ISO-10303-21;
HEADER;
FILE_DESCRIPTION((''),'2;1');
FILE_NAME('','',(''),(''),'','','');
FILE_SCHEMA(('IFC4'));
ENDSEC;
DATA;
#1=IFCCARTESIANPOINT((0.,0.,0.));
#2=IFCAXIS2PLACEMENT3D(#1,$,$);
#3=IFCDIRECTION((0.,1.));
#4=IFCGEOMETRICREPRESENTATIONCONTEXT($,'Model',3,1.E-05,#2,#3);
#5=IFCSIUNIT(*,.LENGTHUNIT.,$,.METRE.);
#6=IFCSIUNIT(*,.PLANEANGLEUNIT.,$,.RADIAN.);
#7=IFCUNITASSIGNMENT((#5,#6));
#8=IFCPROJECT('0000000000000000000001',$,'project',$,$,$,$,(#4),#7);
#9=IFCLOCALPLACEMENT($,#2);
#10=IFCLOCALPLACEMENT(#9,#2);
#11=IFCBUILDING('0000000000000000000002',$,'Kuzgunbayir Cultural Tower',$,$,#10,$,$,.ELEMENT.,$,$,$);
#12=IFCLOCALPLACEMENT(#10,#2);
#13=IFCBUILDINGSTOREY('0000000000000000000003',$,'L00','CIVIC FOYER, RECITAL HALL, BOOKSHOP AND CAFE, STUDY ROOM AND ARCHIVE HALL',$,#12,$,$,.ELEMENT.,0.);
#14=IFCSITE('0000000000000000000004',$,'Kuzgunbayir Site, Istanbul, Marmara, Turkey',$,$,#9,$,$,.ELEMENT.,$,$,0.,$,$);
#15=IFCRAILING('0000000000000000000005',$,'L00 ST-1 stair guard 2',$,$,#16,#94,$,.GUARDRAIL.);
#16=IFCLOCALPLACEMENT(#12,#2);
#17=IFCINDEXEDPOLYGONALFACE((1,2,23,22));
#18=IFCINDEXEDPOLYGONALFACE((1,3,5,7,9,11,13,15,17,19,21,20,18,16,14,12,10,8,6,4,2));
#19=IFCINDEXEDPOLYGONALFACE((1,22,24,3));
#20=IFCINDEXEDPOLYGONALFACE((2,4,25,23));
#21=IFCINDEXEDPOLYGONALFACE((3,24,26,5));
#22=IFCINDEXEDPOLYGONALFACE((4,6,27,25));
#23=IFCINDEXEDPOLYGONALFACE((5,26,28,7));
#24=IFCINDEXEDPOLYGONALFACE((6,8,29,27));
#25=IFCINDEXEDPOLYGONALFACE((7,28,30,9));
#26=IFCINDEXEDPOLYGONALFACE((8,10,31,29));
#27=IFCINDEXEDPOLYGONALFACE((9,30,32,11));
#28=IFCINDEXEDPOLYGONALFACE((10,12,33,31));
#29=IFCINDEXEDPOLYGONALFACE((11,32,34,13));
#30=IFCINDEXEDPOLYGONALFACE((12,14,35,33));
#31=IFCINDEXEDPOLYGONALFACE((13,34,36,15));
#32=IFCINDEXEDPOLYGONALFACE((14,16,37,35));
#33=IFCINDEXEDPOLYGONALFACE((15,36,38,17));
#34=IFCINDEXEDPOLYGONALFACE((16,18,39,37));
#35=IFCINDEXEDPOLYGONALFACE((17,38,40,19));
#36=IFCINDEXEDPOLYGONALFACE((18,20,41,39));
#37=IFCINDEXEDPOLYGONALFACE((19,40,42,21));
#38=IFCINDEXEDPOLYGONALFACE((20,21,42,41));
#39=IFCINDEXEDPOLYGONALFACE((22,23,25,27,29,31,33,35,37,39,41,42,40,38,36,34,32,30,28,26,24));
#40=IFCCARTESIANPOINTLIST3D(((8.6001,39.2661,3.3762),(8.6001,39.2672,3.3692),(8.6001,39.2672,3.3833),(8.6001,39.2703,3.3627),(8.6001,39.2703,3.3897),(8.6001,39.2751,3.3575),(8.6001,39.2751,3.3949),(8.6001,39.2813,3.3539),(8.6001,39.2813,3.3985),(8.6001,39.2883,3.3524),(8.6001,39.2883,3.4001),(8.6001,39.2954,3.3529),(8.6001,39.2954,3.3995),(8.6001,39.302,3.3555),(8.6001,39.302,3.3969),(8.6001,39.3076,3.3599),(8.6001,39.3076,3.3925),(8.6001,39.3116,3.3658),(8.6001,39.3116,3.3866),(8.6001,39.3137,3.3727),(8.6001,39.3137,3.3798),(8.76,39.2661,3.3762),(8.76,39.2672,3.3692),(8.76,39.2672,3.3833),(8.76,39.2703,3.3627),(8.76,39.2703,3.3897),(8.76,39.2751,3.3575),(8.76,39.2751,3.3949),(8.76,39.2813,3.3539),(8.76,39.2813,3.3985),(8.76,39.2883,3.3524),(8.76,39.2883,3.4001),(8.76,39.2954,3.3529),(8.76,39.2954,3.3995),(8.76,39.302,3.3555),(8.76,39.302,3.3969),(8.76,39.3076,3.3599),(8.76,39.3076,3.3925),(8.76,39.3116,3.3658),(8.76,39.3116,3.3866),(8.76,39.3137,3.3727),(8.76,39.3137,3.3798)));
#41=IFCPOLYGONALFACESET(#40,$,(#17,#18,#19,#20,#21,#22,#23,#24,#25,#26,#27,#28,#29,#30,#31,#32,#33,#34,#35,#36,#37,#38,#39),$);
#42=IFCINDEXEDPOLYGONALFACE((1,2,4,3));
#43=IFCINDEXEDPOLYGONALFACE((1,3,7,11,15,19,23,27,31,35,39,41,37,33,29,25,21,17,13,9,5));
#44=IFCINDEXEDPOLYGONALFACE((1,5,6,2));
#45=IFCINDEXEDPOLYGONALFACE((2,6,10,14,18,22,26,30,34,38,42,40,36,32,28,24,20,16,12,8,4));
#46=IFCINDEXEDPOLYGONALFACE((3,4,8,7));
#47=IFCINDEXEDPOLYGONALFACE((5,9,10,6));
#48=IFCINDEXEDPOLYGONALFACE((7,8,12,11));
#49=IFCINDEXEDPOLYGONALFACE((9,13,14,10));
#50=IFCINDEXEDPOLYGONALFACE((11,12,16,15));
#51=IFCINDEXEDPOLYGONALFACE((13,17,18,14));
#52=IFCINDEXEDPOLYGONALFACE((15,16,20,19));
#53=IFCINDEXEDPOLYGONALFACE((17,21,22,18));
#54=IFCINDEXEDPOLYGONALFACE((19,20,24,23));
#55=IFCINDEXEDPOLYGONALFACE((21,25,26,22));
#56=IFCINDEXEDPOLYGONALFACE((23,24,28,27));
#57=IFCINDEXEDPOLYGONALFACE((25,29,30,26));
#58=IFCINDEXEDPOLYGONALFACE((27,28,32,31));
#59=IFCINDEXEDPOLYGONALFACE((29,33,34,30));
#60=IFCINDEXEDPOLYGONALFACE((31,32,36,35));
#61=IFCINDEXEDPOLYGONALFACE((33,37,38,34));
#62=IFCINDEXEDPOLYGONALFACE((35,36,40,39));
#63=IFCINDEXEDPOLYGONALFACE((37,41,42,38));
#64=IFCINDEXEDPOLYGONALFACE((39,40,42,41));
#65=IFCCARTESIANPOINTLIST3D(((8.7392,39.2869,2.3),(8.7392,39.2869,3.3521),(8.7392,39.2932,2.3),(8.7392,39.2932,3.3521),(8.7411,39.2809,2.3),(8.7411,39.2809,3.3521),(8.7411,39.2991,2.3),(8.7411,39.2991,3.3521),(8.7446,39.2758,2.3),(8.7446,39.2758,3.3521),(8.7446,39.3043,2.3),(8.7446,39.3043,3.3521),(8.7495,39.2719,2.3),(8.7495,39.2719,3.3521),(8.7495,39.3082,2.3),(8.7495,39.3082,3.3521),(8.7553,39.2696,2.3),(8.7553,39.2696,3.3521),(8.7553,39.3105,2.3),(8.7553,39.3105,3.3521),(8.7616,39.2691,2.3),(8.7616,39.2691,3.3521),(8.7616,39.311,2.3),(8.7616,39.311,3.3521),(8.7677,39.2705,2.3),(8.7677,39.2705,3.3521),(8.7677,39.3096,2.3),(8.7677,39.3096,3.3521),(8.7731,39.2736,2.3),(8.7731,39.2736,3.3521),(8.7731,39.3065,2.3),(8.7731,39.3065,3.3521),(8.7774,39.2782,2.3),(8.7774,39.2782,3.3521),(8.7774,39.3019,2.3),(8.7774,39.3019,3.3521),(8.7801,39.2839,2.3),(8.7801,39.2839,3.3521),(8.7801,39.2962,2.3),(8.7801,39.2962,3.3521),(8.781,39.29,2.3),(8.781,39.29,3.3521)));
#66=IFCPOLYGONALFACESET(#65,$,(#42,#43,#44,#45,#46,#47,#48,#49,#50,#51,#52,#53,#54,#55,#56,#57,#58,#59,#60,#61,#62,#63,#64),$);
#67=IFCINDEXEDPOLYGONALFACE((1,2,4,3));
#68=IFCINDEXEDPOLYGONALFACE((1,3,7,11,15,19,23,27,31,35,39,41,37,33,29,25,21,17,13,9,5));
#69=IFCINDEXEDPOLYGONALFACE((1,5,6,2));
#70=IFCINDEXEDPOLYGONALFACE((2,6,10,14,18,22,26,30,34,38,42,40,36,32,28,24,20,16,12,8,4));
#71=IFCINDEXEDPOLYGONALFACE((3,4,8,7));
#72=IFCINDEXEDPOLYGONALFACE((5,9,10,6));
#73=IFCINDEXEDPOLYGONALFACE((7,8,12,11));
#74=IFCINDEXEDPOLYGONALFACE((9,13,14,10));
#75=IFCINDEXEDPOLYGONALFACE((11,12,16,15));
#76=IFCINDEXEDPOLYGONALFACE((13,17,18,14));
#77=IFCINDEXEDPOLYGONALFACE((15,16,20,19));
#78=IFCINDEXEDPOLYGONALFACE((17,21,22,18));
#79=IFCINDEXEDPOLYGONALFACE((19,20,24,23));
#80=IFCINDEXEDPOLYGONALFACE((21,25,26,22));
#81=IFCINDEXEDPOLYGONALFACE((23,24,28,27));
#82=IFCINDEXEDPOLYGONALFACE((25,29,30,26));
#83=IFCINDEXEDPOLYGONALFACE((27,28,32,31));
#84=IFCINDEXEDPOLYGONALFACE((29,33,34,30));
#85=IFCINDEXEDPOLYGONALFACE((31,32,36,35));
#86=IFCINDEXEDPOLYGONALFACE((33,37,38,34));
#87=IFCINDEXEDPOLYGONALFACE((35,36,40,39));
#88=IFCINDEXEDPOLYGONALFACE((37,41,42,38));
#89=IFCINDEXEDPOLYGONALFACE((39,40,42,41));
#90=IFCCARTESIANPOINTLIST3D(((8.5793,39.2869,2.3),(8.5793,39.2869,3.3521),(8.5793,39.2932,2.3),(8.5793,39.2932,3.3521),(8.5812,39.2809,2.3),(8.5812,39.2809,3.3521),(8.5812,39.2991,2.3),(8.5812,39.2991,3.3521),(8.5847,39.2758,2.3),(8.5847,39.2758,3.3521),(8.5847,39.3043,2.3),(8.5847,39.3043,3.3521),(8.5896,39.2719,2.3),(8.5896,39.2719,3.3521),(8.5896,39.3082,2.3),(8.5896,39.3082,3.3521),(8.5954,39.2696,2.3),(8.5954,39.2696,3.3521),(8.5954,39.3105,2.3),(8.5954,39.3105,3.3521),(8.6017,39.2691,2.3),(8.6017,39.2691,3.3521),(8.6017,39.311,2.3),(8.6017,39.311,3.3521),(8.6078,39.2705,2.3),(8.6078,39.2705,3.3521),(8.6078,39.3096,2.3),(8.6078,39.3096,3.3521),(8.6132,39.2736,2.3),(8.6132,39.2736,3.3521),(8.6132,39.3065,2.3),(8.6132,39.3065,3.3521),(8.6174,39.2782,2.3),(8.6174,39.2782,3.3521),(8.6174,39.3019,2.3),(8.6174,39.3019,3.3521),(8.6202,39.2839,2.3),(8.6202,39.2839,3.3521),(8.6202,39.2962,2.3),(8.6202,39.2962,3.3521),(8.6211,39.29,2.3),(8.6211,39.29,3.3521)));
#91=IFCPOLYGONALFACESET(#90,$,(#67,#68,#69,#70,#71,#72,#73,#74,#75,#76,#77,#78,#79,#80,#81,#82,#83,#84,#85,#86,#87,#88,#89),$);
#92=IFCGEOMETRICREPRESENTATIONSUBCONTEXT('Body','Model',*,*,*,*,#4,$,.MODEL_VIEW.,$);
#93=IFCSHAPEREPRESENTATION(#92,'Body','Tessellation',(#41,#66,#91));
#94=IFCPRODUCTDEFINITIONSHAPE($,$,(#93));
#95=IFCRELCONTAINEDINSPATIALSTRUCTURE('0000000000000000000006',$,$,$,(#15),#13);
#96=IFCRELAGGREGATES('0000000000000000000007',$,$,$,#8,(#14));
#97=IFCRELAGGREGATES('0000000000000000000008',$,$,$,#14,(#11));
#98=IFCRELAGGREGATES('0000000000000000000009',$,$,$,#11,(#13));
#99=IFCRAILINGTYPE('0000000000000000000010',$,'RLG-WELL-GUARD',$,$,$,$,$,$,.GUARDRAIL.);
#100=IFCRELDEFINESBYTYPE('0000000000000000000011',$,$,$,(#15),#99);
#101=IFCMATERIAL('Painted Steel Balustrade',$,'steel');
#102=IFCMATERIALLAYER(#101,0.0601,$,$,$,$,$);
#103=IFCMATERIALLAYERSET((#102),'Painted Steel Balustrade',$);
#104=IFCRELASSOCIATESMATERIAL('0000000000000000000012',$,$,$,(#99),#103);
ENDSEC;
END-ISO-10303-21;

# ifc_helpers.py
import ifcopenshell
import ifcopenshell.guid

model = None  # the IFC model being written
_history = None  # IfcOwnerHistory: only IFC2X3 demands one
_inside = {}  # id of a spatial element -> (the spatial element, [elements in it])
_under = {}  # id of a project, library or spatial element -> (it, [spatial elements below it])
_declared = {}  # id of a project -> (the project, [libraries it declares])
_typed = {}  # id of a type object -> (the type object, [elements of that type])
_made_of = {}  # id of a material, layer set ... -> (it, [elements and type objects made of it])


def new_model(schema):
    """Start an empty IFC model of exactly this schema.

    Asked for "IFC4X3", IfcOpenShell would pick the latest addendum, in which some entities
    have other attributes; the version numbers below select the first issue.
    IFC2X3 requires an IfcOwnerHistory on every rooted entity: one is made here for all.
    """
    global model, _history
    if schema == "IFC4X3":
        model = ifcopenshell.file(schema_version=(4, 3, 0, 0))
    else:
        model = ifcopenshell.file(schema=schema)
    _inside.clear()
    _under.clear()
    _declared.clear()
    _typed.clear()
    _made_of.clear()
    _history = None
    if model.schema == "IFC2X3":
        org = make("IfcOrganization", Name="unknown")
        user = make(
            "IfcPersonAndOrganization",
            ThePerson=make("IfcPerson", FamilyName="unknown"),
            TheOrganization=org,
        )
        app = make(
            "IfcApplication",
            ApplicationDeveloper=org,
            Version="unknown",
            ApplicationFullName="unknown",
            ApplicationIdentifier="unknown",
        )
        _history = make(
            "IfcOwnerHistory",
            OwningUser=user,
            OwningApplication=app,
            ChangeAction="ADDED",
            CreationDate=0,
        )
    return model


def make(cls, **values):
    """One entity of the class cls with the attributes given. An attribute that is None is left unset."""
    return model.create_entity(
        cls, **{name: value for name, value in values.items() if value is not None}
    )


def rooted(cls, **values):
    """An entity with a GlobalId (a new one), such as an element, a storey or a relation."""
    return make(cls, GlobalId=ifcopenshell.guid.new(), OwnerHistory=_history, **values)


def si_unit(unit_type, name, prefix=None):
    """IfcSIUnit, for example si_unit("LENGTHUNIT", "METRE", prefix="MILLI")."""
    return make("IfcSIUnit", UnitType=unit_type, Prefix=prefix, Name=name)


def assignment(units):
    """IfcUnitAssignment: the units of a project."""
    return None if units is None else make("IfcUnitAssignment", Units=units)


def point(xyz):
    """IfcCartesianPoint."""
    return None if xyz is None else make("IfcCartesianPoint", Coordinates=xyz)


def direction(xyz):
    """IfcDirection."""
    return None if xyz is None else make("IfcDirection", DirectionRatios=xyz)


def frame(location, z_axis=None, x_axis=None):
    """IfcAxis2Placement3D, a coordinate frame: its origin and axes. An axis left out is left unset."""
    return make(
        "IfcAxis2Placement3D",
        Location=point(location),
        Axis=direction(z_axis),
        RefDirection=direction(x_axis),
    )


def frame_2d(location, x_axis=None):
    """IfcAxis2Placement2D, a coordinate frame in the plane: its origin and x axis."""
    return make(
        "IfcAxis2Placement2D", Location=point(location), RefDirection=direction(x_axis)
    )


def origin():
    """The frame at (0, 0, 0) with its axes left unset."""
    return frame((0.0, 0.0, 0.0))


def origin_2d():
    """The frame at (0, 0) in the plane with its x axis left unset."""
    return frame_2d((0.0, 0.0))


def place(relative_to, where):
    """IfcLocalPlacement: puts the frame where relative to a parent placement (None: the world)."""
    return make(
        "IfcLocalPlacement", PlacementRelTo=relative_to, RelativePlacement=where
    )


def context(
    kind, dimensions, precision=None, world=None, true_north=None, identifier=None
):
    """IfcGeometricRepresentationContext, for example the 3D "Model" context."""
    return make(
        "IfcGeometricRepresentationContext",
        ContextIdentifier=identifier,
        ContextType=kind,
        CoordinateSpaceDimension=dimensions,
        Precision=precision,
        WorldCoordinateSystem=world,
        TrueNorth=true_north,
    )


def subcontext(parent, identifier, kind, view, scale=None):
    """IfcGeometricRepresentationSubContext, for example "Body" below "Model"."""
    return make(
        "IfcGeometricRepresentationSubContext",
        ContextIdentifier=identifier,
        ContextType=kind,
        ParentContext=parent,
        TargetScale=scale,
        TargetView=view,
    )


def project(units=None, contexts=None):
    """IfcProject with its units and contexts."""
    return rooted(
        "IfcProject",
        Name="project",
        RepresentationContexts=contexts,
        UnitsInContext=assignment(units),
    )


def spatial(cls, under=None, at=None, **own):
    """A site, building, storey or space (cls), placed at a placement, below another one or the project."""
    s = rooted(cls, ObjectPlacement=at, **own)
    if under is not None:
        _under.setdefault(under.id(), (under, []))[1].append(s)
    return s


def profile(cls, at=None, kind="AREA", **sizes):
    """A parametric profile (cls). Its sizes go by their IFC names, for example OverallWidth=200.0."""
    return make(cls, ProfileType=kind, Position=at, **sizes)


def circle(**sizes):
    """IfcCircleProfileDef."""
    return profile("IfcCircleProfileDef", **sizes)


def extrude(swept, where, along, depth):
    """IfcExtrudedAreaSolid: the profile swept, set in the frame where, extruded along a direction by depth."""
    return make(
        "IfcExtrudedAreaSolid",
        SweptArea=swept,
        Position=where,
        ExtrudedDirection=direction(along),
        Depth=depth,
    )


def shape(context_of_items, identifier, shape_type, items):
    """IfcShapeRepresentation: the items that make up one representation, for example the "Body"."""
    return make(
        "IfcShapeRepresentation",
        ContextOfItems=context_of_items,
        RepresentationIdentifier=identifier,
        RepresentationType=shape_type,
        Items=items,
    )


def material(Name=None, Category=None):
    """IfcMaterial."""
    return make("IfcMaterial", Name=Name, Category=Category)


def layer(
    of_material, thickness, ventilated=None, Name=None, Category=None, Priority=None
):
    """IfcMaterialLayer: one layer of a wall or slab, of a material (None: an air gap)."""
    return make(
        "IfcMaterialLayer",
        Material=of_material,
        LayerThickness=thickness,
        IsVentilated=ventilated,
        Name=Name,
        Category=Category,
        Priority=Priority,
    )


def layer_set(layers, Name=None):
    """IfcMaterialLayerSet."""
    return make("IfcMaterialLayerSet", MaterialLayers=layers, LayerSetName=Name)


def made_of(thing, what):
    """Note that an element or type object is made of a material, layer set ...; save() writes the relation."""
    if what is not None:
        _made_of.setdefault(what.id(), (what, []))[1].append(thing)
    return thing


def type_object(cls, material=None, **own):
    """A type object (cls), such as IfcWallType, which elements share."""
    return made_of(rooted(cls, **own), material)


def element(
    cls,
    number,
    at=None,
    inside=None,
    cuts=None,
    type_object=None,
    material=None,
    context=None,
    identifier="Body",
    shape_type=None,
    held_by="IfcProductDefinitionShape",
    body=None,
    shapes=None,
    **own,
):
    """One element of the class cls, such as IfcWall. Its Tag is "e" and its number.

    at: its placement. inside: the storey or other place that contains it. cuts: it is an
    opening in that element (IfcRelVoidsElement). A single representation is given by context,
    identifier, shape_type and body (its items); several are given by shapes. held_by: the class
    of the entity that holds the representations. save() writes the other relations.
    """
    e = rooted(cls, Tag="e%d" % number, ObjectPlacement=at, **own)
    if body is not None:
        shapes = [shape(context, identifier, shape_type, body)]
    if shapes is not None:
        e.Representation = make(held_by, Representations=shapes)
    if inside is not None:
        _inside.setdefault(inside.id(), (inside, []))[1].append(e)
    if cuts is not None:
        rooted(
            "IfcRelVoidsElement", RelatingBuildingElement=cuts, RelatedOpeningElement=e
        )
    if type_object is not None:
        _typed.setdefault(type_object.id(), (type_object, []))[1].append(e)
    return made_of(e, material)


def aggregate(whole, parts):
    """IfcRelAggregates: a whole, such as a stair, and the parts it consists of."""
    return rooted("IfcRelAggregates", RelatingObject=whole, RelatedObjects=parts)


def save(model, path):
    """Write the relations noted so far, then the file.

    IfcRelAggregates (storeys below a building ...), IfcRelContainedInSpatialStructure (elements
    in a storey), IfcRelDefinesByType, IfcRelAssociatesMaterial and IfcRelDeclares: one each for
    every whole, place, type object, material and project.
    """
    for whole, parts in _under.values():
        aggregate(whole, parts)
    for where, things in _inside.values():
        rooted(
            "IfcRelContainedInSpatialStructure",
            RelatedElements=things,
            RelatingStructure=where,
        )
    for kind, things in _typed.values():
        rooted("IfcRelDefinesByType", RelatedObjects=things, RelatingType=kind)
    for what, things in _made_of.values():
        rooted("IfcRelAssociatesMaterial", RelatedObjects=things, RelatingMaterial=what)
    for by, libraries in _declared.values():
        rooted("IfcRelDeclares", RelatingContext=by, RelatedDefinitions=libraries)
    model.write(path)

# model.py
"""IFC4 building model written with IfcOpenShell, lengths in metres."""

from ifc_helpers import new_model, si_unit, direction, frame, origin, origin_2d, place, context, subcontext, project, spatial, circle, extrude, material, layer, layer_set, type_object, element, save


model = new_model("IFC4")

# Units and contexts
model_context = context("Model", 3, precision=1e-05, world=origin(), true_north=direction((0.0, 1.0)))
body_context = subcontext(model_context, "Body", "Model", "MODEL_VIEW")
ifc_project = project(units=[si_unit("LENGTHUNIT", "METRE"), si_unit("PLANEANGLEUNIT", "RADIAN")], contexts=[model_context])

# Site, building, storey
site_placement = place(None, origin())
site = spatial("IfcSite", under=ifc_project, at=site_placement, Name="Kuzgunbayir Site, Istanbul, Marmara, Turkey", CompositionType="ELEMENT", RefElevation=0.0)
building_placement = place(site_placement, origin())
building = spatial("IfcBuilding", under=site, at=building_placement, Name="Kuzgunbayir Cultural Tower", CompositionType="ELEMENT")
storey_placement = place(building_placement, origin())
storey = spatial("IfcBuildingStorey", under=building, at=storey_placement, Name="L00", Description="CIVIC FOYER, RECITAL HALL, BOOKSHOP AND CAFE, STUDY ROOM AND ARCHIVE HALL", CompositionType="ELEMENT", Elevation=0.0)

# Railing
ifc_material_1 = material(Name="Painted Steel Balustrade", Category="steel")
ifc_layer_1 = layer(ifc_material_1, 0.0601)
ifc_layer_set_1 = layer_set([ifc_layer_1], Name="Painted Steel Balustrade")
railing_type_1 = type_object("IfcRailingType", Name="RLG-WELL-GUARD", PredefinedType="GUARDRAIL", material=ifc_layer_set_1)
railing_1_placement = place(storey_placement, frame((8.76, 39.29, 2.3)))
element("IfcRailing", 1, at=railing_1_placement, inside=storey, type_object=railing_type_1, Name="L00 ST-1 stair guard 2", PredefinedType="GUARDRAIL", context=body_context, shape_type="SweptSolid", body=[
    extrude(circle(Radius=0.0239, at=origin_2d()), frame((0.0, 0.0, 1.0762), z_axis=(-1.0, 0.0, 0.0), x_axis=(0.0, -1.0, 0.0)), (0.0, 0.0, 1.0), 0.1599),
    extrude(circle(Radius=0.021, at=origin_2d()), origin(), (0.0, 0.0, 1.0), 1.052),
    extrude(circle(Radius=0.021, at=origin_2d()), frame((-0.1599, 0.0, 0.0)), (0.0, 0.0, 1.0), 1.052),
])

save(model, "model.ifc")
